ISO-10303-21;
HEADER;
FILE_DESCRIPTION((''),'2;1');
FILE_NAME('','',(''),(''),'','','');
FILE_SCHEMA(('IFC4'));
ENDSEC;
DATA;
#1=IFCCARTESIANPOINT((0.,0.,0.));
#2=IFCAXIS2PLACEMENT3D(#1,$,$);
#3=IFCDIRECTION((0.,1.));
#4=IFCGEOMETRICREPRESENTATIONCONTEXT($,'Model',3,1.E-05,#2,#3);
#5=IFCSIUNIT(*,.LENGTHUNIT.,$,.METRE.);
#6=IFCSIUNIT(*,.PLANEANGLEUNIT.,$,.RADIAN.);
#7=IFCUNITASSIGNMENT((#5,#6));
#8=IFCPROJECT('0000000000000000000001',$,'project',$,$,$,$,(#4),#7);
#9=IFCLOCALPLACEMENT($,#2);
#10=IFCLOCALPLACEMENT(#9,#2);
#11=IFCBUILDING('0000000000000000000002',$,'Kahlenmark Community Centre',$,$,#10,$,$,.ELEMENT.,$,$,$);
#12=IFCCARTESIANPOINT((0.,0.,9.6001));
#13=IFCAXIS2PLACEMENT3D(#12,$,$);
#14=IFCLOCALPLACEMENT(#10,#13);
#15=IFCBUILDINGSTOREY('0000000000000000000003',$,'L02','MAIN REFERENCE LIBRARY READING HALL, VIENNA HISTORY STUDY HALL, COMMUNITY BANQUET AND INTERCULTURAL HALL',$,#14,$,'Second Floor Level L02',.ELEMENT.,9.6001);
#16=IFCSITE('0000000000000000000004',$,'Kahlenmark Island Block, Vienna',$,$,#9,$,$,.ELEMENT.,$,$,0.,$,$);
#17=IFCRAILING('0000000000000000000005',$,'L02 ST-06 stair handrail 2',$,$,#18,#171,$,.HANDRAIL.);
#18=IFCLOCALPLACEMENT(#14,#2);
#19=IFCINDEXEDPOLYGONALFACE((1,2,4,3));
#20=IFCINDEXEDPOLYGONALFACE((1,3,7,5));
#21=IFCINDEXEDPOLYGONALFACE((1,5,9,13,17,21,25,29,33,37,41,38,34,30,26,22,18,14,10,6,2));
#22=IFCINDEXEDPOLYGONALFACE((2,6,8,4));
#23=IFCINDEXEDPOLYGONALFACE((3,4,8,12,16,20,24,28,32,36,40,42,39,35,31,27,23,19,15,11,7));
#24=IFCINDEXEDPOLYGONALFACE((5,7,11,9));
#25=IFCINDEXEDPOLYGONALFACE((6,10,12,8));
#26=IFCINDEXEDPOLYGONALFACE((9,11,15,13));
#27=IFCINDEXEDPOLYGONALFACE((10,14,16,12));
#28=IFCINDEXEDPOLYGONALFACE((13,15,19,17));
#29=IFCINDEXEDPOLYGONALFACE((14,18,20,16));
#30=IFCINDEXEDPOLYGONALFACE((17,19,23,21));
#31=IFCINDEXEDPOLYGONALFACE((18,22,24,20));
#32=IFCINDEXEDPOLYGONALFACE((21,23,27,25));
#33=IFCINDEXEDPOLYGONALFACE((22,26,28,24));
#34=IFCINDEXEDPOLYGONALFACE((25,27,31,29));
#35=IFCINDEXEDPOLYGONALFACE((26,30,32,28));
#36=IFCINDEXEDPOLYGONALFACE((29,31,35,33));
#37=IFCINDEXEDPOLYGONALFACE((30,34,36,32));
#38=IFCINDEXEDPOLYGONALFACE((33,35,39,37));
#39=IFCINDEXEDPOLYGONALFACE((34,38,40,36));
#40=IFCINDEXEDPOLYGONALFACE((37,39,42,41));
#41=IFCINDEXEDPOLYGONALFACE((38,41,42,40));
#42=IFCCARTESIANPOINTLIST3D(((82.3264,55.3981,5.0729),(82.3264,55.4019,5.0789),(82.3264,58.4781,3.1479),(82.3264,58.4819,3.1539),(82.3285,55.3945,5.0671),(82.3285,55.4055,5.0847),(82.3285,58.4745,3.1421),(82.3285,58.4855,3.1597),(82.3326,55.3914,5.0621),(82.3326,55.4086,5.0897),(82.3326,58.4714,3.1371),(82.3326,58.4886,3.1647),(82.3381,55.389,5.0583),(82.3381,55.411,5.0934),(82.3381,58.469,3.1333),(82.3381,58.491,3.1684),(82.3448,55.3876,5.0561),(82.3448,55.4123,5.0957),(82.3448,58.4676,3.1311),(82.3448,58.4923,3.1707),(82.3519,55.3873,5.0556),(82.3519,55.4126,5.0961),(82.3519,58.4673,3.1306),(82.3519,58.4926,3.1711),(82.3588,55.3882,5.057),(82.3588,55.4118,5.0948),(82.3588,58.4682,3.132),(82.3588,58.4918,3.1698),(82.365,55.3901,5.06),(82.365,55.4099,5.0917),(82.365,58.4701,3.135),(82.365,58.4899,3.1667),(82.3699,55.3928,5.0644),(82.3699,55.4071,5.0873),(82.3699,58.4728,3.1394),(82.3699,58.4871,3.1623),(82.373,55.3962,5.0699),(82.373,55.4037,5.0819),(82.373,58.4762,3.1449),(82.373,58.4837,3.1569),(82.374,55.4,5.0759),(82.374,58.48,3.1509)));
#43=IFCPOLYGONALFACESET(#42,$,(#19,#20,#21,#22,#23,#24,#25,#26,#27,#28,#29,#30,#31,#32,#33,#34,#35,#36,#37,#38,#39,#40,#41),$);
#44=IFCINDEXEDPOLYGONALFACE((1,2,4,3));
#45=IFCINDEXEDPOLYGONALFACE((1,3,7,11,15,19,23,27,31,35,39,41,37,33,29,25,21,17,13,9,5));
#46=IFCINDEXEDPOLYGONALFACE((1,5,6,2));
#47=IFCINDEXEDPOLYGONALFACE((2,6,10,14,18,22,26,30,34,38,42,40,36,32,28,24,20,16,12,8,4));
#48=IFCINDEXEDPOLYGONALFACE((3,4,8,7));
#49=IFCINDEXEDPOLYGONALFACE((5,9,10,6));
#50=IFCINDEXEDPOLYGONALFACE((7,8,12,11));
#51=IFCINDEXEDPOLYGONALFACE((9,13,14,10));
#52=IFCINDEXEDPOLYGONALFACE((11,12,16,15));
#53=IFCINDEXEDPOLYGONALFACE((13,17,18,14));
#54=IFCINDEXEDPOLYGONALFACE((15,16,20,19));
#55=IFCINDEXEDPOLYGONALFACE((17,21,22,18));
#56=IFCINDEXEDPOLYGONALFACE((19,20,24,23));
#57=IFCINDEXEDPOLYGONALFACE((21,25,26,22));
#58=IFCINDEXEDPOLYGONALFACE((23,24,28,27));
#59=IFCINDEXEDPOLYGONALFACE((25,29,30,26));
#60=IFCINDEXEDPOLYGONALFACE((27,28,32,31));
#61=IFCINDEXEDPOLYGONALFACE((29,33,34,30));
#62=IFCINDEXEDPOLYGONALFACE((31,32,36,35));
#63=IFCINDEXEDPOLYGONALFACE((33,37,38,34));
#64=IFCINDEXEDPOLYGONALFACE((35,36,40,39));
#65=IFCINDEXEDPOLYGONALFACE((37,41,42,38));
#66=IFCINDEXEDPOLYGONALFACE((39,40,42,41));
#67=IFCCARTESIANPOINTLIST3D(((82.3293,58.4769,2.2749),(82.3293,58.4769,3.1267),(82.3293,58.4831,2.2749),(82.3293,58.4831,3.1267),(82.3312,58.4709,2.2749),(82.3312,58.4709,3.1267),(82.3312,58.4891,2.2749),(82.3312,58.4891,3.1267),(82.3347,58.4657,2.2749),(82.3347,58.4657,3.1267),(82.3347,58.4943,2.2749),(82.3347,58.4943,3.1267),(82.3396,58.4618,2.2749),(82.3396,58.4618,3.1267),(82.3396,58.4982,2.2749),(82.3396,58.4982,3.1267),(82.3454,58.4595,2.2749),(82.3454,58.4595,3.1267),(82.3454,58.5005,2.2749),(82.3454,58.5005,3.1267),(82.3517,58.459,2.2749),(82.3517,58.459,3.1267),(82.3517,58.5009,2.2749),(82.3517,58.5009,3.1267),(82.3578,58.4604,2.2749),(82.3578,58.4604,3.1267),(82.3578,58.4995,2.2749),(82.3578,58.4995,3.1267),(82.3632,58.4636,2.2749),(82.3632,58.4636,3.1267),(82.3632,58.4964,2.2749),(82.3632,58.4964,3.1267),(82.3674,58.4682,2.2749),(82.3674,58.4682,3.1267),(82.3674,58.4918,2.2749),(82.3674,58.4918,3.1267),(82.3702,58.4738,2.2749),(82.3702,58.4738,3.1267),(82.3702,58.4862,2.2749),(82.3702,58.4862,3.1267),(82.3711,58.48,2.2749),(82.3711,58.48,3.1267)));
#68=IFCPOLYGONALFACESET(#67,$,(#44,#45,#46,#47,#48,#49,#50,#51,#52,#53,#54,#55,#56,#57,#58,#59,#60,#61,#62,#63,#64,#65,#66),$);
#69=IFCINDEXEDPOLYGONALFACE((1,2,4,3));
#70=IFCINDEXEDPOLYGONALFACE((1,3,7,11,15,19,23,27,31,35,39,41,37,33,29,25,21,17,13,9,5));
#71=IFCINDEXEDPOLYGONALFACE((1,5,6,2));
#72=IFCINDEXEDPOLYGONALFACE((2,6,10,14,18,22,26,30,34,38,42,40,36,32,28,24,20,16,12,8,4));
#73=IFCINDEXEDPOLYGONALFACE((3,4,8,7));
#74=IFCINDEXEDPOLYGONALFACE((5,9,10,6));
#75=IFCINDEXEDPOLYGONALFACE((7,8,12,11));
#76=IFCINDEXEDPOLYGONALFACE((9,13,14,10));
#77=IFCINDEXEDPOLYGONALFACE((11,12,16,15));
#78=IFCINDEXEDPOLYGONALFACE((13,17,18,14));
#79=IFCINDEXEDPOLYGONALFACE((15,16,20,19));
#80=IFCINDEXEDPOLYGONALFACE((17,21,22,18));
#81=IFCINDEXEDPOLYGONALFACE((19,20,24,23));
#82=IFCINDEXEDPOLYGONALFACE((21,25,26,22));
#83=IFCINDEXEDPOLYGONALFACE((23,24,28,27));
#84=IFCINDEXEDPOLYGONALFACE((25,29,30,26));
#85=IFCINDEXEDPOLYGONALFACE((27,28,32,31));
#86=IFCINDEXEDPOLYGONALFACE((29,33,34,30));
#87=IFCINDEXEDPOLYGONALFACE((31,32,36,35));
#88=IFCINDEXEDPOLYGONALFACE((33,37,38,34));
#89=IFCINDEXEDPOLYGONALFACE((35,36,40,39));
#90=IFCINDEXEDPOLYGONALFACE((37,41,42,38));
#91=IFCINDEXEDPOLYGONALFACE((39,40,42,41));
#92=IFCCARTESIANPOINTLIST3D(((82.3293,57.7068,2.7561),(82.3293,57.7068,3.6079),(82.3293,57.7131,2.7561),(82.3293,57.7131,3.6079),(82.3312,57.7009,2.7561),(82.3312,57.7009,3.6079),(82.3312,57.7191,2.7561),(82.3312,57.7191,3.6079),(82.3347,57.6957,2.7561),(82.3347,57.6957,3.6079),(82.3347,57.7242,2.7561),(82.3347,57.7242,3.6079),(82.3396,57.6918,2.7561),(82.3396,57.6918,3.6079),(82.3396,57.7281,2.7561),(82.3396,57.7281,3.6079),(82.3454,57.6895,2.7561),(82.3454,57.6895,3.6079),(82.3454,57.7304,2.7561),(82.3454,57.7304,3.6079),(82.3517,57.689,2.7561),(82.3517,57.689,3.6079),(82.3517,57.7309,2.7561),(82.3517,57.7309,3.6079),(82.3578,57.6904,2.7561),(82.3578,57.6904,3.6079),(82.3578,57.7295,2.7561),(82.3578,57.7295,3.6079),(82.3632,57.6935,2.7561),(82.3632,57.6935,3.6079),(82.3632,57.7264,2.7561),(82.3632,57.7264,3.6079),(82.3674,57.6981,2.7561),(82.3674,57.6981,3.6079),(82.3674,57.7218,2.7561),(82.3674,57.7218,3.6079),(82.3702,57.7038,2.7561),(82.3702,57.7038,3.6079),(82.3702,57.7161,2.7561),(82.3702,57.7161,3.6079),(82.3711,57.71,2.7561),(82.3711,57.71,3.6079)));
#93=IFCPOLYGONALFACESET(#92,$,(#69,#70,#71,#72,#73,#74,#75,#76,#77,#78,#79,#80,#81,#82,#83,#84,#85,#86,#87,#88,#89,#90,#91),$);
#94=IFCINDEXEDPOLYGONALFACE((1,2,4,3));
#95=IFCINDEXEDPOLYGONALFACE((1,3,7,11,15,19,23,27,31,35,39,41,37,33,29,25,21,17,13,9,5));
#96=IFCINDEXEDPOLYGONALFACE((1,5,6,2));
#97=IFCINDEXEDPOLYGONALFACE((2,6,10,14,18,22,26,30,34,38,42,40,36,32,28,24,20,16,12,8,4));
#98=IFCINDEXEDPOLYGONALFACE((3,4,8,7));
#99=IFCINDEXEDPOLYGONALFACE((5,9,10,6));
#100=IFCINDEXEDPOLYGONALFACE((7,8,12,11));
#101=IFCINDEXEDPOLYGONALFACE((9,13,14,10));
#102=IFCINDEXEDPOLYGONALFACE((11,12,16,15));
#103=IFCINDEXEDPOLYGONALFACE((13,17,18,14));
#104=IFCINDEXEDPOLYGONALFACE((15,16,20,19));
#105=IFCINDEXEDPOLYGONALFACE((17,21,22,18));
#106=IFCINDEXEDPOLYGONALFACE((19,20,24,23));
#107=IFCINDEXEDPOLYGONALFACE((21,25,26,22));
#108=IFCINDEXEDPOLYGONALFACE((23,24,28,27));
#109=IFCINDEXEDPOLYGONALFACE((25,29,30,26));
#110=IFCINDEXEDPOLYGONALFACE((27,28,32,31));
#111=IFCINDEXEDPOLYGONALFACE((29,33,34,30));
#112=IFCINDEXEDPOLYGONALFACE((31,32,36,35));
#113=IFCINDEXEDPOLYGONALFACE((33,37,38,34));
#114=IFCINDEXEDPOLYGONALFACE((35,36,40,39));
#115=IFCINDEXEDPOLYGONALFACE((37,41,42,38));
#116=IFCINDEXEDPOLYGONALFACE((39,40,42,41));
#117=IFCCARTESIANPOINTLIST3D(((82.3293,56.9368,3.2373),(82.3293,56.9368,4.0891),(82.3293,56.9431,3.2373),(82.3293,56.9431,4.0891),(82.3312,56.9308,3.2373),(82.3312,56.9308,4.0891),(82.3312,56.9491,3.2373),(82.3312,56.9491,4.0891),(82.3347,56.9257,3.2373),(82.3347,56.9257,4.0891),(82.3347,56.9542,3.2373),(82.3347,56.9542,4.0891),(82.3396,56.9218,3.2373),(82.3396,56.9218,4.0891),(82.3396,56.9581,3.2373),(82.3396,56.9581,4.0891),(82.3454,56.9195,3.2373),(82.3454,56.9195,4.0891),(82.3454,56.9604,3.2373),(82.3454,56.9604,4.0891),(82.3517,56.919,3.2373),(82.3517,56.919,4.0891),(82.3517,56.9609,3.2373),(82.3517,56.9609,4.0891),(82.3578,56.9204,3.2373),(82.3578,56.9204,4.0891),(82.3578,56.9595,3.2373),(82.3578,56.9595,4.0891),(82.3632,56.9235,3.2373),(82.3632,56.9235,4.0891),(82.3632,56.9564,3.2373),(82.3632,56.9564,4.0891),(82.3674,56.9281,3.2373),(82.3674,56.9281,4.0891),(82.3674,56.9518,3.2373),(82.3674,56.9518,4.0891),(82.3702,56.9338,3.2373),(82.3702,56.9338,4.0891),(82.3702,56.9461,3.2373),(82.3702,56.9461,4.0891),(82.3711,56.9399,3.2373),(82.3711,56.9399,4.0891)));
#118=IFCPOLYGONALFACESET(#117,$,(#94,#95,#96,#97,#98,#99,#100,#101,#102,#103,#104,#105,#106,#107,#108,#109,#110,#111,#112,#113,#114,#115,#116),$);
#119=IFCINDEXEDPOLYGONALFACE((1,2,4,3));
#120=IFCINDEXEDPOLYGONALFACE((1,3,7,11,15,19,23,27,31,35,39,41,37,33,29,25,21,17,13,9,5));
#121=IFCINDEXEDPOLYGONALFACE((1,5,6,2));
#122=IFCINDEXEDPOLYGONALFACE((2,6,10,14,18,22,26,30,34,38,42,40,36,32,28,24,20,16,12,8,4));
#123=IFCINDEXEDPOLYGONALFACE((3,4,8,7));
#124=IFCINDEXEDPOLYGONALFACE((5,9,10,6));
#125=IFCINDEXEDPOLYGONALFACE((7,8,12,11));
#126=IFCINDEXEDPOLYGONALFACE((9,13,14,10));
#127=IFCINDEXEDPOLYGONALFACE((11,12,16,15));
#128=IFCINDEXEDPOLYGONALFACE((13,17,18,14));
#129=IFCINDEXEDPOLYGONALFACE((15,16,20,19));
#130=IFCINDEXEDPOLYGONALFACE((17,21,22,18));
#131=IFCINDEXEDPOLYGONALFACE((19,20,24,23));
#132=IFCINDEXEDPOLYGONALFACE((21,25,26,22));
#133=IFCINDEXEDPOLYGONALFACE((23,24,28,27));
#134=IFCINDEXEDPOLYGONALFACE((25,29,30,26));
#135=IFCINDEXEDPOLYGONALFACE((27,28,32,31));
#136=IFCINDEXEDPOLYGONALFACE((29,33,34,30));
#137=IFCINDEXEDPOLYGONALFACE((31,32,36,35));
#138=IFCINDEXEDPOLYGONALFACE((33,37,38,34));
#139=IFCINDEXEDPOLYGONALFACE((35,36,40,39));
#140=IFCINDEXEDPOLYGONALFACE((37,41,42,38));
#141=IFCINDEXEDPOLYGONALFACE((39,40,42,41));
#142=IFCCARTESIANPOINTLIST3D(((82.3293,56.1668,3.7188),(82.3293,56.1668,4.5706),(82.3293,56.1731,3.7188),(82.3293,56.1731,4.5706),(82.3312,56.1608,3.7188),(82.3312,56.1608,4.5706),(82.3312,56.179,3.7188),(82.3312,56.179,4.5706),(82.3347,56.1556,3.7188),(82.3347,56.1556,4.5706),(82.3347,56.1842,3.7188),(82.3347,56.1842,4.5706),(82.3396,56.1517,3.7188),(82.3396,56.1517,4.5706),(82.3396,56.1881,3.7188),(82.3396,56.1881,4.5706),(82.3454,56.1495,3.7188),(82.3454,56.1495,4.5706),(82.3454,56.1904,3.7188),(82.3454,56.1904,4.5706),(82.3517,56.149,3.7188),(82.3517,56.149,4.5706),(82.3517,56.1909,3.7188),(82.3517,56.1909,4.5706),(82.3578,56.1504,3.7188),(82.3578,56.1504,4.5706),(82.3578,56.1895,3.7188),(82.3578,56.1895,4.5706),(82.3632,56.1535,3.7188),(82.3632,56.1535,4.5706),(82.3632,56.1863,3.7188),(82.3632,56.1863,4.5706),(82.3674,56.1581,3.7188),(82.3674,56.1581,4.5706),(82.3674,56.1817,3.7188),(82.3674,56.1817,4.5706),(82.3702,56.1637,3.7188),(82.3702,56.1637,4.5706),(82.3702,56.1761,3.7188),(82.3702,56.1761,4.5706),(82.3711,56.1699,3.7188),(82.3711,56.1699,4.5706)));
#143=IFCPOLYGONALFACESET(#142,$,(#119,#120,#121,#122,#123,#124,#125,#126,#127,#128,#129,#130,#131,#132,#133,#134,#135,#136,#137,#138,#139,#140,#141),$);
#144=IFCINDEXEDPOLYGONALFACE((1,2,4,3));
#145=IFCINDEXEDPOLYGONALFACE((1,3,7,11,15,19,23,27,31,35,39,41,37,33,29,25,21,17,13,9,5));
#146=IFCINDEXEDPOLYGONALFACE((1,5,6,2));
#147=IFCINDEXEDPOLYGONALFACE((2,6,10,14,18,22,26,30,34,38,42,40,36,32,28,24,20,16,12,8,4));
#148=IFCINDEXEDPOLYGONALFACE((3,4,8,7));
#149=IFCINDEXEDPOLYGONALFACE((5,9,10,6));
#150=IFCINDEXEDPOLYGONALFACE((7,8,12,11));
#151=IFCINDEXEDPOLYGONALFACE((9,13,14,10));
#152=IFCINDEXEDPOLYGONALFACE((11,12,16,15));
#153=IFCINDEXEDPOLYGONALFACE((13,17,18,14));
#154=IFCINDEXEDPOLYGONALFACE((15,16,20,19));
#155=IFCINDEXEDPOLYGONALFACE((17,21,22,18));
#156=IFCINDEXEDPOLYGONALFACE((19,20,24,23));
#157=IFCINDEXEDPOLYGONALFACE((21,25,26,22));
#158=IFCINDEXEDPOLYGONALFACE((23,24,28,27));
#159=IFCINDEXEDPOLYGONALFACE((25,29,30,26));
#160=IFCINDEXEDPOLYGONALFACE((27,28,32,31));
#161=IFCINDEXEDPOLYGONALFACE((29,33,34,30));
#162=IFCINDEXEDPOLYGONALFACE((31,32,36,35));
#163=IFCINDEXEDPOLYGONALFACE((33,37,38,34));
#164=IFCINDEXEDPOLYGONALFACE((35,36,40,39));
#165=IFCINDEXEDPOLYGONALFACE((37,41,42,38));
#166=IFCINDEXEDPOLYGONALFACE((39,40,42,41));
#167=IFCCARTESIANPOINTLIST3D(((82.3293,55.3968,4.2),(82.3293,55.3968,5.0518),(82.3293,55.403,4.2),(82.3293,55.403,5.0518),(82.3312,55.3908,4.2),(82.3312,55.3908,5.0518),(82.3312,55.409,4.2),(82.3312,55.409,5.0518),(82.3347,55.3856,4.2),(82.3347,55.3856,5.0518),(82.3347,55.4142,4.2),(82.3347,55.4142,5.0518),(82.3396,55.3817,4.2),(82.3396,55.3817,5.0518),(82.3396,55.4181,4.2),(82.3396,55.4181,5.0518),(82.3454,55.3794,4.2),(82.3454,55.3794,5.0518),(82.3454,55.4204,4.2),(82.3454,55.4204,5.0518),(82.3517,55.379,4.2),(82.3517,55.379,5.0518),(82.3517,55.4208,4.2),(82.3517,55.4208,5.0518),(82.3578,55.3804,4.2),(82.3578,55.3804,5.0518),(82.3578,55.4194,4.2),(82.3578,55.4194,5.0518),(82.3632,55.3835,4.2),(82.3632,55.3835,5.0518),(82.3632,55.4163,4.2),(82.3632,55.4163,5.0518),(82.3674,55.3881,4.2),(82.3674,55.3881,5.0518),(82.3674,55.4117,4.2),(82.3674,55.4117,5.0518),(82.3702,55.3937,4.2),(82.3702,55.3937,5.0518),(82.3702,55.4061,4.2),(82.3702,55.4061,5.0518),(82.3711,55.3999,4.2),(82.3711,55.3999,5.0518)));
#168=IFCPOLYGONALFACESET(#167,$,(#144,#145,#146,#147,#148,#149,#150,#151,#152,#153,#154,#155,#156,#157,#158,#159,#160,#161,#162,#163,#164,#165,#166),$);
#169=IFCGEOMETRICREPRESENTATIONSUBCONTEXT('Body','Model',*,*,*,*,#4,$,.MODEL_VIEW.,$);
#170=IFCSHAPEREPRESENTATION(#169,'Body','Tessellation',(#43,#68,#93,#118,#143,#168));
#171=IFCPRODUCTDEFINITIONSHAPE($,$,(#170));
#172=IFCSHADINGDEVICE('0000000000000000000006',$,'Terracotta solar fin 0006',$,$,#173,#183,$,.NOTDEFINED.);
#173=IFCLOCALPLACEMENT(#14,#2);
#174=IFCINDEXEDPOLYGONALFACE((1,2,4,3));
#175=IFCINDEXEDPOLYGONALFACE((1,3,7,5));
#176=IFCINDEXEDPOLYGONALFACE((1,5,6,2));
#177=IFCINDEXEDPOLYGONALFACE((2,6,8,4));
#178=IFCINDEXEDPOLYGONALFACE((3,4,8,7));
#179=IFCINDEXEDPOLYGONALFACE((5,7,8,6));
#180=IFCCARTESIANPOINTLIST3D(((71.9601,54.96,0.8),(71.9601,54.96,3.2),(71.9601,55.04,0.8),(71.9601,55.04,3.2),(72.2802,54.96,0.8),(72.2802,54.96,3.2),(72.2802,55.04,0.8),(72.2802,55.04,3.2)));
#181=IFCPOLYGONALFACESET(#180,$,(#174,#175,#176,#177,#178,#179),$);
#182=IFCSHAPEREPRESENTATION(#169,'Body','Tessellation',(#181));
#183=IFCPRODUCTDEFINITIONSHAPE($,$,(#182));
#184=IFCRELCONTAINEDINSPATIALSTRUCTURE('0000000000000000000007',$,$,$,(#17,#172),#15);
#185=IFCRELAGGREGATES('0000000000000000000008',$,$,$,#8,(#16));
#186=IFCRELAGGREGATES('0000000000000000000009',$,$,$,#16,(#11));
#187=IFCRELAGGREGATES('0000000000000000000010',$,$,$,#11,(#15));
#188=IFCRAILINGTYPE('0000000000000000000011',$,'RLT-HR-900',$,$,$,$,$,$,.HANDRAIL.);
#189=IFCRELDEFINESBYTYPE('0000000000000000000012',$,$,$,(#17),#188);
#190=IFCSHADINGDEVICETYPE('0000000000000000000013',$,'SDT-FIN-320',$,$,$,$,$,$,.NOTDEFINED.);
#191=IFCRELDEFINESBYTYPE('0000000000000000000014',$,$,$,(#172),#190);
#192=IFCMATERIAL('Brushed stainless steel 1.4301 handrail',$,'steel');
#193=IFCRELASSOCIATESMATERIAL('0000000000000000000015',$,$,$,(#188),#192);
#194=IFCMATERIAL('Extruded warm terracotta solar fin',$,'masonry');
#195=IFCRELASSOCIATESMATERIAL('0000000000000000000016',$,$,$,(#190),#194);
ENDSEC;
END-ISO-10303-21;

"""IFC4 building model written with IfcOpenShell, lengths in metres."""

from ifc_helpers import new_model, si_unit, direction, frame, origin, origin_2d, place, context, subcontext, project, spatial, rectangle, circle, extrude, material, type_object, element, save


model = new_model("IFC4")

# Units and contexts
model_context = context("Model", 3, precision=1e-05, world=origin(), true_north=direction((0.0, 1.0)))
body_context = subcontext(model_context, "Body", "Model", "MODEL_VIEW")
ifc_project = project(units=[si_unit("LENGTHUNIT", "METRE"), si_unit("PLANEANGLEUNIT", "RADIAN")], contexts=[model_context])

# Site, building, storey
site_placement = place(None, origin())
site = spatial("IfcSite", under=ifc_project, at=site_placement, Name="Kahlenmark Island Block, Vienna", CompositionType="ELEMENT", RefElevation=0.0)
building_placement = place(site_placement, origin())
building = spatial("IfcBuilding", under=site, at=building_placement, Name="Kahlenmark Community Centre", CompositionType="ELEMENT")
storey_placement = place(building_placement, frame((0.0, 0.0, 9.6001)))
storey = spatial("IfcBuildingStorey", under=building, at=storey_placement, Name="L02", Description="MAIN REFERENCE LIBRARY READING HALL, VIENNA HISTORY STUDY HALL, COMMUNITY BANQUET AND INTERCULTURAL HALL", LongName="Second Floor Level L02", CompositionType="ELEMENT", Elevation=9.6001)

# Railing
ifc_material_1 = material(Name="Brushed stainless steel 1.4301 handrail", Category="steel")
railing_type = type_object("IfcRailingType", Name="RLT-HR-900", PredefinedType="HANDRAIL", material=ifc_material_1)
railing_placement = place(storey_placement, frame((82.3501, 58.48, 2.2749)))
element("IfcRailing", 1, at=railing_placement, inside=storey, type_object=railing_type, Name="L02 ST-06 stair handrail 2", PredefinedType="HANDRAIL", context=body_context, shape_type="SweptSolid", body=[
    extrude(circle(Radius=0.0239, at=origin_2d()), frame((0.0, 0.0, 0.876), z_axis=(0.0, -0.847998, 0.529999), x_axis=(1.0, 0.0, 0.0)), (0.0, 0.0, 1.0), 3.6321),
    extrude(circle(Radius=0.021, at=origin_2d()), origin(), (0.0, 0.0, 1.0), 0.8518),
    extrude(circle(Radius=0.021, at=origin_2d()), frame((0.0, -0.77, 0.4812)), (0.0, 0.0, 1.0), 0.8518),
    extrude(circle(Radius=0.021, at=origin_2d()), frame((0.0, -1.54, 0.9624)), (0.0, 0.0, 1.0), 0.8518),
    extrude(circle(Radius=0.021, at=origin_2d()), frame((0.0, -2.3101, 1.4438)), (0.0, 0.0, 1.0), 0.8518),
    extrude(circle(Radius=0.021, at=origin_2d()), frame((0.0, -3.0801, 1.925)), (0.0, 0.0, 1.0), 0.8518),
])

# Shading device
ifc_material_2 = material(Name="Extruded warm terracotta solar fin", Category="masonry")
shading_device_type = type_object("IfcShadingDeviceType", Name="SDT-FIN-320", PredefinedType="NOTDEFINED", material=ifc_material_2)
shading_device_placement = place(storey_placement, frame((72.1201, 55.0, 0.8), z_axis=(0.0, 0.0, 1.0), x_axis=(0.0, -1.0, 0.0)))
element("IfcShadingDevice", 2, at=shading_device_placement, inside=storey, type_object=shading_device_type, Name="Terracotta solar fin 0006", PredefinedType="NOTDEFINED", context=body_context, shape_type="SweptSolid", body=[
    extrude(rectangle(XDim=0.0801, YDim=0.3201, at=origin_2d()), origin(), (0.0, 0.0, 1.0), 2.3999),
])

save(model, "model.ifc")
